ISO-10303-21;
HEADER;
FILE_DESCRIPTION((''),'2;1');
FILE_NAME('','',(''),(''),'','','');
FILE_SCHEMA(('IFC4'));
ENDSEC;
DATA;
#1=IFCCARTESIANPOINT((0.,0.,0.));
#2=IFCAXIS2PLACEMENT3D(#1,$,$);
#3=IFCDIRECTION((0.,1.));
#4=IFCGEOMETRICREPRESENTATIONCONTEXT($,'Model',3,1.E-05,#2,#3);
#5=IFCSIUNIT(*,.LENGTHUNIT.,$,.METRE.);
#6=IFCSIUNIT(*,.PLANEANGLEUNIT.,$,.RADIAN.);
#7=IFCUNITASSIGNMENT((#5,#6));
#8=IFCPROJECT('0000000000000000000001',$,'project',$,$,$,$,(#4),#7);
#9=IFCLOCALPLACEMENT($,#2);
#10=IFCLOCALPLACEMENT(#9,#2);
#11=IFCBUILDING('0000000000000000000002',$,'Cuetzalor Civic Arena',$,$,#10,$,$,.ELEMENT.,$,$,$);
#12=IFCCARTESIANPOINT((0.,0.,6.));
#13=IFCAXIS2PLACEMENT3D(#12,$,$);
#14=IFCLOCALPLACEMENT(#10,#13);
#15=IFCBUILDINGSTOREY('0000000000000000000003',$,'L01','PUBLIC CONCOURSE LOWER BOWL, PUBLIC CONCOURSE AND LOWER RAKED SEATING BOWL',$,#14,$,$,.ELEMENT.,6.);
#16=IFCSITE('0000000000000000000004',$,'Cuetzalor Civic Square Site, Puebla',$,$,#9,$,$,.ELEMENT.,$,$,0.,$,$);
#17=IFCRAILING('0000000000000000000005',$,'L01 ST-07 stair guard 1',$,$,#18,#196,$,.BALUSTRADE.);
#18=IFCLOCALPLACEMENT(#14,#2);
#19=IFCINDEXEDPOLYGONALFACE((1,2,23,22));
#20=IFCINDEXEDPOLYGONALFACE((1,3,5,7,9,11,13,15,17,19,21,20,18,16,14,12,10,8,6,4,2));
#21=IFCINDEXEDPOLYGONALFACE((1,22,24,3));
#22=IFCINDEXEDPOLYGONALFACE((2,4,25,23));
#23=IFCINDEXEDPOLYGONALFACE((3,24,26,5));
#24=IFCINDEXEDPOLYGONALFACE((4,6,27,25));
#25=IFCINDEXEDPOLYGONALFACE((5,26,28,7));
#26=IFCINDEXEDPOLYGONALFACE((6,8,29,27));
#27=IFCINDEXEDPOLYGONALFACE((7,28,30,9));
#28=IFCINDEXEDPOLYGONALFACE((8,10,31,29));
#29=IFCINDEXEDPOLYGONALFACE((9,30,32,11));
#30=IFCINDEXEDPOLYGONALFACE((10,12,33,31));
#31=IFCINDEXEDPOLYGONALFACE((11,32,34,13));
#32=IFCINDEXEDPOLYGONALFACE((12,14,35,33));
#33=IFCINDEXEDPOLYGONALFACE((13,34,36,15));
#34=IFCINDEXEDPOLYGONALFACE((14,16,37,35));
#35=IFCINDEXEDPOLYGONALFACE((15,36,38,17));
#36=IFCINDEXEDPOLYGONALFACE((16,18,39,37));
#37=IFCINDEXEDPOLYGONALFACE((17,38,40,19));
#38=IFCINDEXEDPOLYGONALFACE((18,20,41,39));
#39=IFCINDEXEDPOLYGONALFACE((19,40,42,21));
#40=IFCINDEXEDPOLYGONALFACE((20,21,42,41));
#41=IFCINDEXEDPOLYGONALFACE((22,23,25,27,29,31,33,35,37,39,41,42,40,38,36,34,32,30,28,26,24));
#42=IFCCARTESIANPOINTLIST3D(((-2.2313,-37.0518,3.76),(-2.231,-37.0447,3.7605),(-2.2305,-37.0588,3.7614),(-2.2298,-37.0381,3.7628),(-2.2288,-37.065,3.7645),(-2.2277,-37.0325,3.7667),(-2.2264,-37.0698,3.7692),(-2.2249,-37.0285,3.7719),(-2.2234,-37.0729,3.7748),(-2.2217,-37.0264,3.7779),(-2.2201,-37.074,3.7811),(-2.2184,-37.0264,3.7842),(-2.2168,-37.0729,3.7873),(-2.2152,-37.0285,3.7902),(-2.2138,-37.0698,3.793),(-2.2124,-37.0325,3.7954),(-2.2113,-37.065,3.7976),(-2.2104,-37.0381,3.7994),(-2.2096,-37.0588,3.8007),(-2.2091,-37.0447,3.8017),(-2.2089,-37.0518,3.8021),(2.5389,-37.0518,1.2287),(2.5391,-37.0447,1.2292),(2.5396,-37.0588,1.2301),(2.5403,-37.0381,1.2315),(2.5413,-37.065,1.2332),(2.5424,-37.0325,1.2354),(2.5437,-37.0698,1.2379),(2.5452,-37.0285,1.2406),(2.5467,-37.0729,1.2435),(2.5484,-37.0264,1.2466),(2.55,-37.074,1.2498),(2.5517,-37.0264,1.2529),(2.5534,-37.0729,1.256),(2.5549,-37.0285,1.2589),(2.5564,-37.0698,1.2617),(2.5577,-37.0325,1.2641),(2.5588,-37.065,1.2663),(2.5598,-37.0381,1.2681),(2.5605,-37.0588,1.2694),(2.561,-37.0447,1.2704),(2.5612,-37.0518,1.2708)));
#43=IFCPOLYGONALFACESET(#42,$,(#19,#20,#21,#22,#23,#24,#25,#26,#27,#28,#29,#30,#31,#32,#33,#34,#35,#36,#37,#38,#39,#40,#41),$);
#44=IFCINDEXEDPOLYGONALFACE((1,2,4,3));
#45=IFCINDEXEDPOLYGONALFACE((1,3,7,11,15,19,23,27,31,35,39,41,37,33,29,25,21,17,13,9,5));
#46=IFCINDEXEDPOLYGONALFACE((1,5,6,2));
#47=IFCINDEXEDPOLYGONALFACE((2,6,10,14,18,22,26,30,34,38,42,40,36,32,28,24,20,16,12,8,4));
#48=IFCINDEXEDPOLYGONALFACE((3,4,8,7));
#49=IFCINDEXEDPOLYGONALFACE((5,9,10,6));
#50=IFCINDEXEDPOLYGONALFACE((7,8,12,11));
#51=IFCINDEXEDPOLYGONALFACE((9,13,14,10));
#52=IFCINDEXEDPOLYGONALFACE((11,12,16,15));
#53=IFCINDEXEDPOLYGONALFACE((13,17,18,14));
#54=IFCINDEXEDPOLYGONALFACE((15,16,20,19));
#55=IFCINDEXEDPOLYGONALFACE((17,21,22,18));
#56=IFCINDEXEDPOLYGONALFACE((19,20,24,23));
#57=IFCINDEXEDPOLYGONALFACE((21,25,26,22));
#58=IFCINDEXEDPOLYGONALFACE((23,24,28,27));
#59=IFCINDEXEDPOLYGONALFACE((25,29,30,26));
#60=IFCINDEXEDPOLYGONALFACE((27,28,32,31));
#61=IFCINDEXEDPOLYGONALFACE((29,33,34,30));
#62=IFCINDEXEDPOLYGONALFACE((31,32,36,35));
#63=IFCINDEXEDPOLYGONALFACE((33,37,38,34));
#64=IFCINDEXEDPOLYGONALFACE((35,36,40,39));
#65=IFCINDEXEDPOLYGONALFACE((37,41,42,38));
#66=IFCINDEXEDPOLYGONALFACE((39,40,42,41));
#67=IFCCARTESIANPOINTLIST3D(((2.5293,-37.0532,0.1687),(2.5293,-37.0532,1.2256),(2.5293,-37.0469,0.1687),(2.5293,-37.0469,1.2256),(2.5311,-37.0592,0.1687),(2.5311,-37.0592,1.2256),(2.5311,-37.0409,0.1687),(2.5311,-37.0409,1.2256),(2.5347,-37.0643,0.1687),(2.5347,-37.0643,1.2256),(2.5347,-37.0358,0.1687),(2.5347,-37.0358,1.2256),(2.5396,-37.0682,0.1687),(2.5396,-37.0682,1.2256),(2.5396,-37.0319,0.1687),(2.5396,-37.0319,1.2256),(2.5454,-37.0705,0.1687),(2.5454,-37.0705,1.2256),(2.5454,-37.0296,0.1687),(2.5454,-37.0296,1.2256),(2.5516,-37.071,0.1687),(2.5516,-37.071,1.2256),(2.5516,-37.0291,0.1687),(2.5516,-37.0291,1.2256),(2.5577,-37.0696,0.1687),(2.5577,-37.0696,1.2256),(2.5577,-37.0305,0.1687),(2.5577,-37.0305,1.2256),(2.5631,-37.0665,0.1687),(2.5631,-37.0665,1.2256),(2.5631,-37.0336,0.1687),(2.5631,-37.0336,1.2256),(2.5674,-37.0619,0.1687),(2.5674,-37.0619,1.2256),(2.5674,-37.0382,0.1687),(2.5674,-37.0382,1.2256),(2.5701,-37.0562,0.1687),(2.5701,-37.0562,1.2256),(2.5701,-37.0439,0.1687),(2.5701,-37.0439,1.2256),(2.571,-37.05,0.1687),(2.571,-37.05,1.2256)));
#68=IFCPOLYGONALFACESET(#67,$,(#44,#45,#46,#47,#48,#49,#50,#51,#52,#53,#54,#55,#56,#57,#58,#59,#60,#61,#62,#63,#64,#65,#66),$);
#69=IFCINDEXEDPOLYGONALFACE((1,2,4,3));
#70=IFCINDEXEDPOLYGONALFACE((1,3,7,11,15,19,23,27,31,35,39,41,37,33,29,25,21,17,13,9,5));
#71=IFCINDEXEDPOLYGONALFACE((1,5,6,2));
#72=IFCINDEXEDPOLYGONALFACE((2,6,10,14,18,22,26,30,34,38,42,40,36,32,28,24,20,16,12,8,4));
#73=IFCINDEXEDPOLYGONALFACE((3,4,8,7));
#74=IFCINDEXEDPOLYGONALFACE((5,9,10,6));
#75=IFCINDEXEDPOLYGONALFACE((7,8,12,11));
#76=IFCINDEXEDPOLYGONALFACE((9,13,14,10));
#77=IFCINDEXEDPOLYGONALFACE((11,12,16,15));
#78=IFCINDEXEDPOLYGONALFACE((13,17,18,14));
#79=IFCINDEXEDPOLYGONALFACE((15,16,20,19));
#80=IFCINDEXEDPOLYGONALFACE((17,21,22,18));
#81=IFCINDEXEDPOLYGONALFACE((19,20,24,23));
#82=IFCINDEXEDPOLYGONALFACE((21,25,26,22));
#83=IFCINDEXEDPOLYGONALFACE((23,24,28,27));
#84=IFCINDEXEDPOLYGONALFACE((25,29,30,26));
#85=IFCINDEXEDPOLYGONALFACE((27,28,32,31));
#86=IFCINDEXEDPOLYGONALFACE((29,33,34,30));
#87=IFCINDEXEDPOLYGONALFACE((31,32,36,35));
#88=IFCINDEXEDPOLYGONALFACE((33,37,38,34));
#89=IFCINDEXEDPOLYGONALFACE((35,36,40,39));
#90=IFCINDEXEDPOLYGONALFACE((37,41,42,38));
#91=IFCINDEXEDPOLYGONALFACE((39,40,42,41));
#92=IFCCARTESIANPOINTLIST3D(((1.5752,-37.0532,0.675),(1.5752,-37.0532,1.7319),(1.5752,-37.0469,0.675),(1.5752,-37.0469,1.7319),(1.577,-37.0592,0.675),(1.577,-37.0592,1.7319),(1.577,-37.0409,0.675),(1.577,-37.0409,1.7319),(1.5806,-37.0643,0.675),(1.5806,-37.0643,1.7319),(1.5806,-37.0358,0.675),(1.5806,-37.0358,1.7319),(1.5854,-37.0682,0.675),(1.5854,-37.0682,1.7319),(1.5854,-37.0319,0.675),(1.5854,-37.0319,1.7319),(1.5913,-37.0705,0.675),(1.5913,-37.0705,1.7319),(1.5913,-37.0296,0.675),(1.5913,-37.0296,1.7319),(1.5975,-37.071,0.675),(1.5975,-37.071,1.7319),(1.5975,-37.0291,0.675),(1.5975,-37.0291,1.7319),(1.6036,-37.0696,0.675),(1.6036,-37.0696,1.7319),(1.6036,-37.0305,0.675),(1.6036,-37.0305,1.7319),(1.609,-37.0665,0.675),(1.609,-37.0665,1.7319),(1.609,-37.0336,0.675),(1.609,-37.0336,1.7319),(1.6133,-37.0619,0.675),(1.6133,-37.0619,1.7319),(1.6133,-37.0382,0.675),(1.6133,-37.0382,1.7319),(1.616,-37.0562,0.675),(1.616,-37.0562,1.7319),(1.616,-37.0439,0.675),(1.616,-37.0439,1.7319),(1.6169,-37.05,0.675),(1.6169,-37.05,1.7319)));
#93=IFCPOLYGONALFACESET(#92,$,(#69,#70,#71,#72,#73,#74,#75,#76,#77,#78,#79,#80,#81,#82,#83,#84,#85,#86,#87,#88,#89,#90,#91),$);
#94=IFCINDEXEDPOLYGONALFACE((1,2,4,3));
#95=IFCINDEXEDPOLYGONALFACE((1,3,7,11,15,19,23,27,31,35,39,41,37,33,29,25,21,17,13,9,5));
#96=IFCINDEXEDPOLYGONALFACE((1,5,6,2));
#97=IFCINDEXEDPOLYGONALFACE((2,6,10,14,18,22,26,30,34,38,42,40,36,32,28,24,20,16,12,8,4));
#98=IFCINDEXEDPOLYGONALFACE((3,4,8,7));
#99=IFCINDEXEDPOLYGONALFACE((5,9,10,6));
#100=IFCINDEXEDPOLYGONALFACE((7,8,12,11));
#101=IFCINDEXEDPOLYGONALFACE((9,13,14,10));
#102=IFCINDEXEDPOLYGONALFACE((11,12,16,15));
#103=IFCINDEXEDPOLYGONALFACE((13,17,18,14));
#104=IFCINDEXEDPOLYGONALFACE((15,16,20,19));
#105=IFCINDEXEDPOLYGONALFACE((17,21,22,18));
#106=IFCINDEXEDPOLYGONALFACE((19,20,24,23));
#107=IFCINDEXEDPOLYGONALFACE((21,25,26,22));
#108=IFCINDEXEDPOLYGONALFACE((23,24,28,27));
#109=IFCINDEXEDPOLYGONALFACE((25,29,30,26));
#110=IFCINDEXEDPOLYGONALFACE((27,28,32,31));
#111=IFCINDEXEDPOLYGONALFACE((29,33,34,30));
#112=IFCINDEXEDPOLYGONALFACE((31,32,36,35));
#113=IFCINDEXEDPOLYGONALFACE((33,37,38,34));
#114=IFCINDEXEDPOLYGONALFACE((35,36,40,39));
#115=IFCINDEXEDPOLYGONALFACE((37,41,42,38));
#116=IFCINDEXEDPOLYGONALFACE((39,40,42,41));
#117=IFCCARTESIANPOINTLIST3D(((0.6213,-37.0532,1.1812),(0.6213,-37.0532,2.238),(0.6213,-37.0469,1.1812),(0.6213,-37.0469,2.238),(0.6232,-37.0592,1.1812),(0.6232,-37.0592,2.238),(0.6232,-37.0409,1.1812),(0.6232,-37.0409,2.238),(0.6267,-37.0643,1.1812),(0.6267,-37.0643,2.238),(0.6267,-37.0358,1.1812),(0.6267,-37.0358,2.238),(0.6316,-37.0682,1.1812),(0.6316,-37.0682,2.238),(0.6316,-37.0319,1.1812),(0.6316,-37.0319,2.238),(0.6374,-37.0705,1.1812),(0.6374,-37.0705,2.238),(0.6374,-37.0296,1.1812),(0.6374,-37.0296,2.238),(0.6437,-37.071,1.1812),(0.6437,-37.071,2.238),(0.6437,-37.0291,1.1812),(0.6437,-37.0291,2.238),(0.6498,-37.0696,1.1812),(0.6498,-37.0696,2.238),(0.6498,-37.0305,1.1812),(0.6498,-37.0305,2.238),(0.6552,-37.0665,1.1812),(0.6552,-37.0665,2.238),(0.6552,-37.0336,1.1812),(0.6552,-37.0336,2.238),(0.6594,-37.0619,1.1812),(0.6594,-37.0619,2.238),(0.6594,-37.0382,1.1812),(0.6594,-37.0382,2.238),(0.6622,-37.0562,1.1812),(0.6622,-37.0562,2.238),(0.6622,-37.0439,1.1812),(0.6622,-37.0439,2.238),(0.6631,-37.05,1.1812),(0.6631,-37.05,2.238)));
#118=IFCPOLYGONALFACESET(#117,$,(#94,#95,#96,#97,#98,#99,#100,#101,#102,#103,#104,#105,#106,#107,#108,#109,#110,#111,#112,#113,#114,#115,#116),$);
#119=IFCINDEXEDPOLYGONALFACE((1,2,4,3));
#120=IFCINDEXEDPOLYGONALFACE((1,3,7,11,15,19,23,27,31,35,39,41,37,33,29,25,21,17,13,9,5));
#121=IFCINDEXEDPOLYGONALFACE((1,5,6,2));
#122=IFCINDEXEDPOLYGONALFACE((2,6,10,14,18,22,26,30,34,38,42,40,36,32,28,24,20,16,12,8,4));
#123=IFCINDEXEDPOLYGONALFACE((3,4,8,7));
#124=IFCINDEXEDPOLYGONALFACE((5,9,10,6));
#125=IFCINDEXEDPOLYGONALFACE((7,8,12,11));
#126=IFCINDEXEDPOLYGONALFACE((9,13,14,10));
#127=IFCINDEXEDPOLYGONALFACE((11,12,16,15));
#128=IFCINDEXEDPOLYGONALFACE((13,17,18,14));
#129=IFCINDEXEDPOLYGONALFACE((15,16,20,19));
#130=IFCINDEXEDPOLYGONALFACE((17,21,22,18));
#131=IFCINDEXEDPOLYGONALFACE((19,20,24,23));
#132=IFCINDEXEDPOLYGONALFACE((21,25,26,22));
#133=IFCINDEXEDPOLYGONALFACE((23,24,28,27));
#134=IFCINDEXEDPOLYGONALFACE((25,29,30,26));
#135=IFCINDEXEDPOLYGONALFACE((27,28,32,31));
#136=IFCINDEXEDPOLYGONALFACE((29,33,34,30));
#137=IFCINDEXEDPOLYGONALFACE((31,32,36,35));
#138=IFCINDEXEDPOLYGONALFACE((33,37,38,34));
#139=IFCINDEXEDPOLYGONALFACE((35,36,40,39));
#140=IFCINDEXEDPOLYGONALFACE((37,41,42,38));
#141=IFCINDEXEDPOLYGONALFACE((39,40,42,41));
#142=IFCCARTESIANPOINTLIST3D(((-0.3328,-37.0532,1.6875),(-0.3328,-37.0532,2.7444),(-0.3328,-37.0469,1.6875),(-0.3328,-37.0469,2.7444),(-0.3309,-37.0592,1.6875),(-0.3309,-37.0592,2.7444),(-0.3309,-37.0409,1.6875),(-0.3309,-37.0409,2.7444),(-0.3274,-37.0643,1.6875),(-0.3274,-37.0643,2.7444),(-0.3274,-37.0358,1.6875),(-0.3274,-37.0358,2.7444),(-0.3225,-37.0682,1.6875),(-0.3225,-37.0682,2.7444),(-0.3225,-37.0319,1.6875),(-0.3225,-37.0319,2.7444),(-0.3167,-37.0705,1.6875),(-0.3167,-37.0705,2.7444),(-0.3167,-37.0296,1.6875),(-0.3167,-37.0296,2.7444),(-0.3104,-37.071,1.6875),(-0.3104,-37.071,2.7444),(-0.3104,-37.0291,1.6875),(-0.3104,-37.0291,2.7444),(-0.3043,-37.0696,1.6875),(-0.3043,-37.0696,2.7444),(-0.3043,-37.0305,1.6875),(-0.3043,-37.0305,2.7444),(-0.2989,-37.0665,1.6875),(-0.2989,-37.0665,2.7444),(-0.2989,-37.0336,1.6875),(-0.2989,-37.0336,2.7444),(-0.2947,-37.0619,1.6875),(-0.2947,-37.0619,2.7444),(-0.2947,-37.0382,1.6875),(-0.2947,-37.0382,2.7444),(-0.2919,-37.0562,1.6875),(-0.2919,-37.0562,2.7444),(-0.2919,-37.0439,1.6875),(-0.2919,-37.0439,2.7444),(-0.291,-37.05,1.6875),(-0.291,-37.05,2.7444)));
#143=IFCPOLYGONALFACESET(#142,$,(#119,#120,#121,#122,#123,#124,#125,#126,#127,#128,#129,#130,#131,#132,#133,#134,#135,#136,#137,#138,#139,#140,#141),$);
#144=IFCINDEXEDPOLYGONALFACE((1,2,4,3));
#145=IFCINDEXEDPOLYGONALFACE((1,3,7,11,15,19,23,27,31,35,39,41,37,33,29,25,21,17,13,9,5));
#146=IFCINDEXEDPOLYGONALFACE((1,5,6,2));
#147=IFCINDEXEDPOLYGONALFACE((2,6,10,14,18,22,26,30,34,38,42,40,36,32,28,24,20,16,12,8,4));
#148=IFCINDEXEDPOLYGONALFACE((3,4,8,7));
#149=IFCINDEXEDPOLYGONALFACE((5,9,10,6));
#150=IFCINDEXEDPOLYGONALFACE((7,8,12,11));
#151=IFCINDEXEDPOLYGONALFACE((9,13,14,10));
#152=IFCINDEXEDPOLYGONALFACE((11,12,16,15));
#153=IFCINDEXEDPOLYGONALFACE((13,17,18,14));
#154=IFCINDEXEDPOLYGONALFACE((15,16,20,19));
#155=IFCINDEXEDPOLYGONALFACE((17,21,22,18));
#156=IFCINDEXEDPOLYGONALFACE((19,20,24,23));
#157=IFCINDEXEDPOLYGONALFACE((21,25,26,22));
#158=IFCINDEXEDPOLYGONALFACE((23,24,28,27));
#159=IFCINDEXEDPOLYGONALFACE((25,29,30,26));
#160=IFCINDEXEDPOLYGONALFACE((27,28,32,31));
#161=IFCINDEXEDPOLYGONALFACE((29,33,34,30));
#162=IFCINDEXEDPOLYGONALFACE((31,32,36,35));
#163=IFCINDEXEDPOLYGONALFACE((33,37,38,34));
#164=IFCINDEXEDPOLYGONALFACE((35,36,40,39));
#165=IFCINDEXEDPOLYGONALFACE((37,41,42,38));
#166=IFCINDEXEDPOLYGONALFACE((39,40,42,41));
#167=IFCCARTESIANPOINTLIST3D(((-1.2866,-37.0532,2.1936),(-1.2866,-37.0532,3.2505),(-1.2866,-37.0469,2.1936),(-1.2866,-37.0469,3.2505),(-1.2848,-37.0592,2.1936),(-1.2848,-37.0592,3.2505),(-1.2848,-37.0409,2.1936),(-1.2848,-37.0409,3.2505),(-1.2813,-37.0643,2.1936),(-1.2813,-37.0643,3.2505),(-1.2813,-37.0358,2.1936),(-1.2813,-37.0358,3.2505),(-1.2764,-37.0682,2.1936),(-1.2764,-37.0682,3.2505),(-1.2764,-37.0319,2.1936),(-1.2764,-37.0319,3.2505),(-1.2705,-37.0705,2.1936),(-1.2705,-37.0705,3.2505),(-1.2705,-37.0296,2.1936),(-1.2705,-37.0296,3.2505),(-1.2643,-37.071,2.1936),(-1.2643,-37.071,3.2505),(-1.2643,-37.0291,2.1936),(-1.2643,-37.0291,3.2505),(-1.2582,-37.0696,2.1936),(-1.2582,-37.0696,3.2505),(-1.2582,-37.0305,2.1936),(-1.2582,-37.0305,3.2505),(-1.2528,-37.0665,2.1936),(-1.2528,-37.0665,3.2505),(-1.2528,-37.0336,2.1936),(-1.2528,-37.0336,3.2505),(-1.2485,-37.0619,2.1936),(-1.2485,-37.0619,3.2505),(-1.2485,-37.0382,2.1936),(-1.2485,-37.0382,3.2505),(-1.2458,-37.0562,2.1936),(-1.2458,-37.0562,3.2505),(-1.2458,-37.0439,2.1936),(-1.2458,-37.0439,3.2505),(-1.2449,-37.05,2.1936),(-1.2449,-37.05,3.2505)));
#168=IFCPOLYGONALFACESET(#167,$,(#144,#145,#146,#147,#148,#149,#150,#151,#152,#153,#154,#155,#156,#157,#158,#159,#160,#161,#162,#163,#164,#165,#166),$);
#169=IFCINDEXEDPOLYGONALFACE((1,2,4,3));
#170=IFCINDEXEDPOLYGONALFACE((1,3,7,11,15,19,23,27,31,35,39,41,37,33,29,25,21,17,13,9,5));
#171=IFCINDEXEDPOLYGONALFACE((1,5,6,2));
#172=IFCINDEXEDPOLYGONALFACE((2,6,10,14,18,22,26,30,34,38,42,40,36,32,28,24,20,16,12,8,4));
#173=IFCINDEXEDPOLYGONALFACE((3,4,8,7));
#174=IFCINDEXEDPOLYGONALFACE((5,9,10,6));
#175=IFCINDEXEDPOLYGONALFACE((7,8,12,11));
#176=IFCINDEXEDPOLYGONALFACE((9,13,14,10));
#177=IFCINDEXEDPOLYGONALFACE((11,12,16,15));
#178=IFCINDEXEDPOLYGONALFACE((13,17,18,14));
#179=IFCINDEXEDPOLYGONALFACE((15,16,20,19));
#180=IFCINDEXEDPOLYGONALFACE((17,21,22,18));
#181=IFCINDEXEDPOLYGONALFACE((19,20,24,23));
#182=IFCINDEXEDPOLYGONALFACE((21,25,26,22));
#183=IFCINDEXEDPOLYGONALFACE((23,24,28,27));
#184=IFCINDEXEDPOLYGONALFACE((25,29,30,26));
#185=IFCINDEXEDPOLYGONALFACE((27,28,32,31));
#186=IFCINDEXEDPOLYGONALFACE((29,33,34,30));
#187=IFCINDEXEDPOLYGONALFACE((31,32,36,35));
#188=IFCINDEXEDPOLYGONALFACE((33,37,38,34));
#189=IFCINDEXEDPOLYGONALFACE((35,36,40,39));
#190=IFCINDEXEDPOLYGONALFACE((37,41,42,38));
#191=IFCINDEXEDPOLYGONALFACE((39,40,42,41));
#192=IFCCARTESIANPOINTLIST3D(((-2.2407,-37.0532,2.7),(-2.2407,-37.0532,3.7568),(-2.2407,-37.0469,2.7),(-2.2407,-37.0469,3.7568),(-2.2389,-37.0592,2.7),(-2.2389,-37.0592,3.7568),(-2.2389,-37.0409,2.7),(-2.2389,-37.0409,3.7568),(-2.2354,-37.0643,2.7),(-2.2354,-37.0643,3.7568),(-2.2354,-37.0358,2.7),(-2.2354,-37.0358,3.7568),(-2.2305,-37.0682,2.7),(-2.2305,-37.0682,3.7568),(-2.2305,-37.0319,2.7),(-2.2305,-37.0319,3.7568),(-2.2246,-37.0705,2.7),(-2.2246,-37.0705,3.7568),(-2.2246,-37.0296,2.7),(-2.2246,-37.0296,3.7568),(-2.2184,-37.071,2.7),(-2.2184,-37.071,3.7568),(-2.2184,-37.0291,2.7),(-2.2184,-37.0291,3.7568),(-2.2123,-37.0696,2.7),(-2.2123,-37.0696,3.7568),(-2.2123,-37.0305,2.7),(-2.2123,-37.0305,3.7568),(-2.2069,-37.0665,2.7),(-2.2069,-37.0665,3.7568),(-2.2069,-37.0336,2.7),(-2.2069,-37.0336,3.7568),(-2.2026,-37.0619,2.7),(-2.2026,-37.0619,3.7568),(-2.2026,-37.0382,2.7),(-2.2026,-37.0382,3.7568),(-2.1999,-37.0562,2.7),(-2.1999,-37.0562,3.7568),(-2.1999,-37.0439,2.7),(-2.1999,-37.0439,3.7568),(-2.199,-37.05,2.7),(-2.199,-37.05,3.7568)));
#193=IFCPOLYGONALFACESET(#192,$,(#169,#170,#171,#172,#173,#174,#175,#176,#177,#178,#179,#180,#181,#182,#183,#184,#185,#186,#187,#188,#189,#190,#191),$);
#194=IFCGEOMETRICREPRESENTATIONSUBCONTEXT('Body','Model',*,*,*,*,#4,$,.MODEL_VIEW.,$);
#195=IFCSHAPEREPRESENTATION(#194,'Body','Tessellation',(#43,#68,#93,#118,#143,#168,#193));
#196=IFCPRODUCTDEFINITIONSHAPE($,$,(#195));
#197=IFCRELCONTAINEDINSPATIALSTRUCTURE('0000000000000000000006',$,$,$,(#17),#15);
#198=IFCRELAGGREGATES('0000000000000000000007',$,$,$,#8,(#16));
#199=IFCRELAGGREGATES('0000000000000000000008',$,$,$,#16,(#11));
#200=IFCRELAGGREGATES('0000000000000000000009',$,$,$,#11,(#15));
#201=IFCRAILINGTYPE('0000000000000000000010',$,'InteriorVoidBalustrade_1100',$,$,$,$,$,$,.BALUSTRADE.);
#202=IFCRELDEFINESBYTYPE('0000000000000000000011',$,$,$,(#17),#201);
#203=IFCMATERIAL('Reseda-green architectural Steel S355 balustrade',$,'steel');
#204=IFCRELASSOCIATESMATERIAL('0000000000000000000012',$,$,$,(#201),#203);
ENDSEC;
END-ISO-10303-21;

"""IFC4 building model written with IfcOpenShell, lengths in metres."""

from ifc_helpers import new_model, si_unit, direction, frame, origin, origin_2d, place, context, subcontext, project, spatial, circle, extrude, material, type_object, element, save


model = new_model("IFC4")

# Units and contexts
model_context = context("Model", 3, precision=1e-05, world=origin(), true_north=direction((0.0, 1.0)))
body_context = subcontext(model_context, "Body", "Model", "MODEL_VIEW")
ifc_project = project(units=[si_unit("LENGTHUNIT", "METRE"), si_unit("PLANEANGLEUNIT", "RADIAN")], contexts=[model_context])

# Site, building, storey
site_placement = place(None, origin())
site = spatial("IfcSite", under=ifc_project, at=site_placement, Name="Cuetzalor Civic Square Site, Puebla", CompositionType="ELEMENT", RefElevation=0.0)
building_placement = place(site_placement, origin())
building = spatial("IfcBuilding", under=site, at=building_placement, Name="Cuetzalor Civic Arena", CompositionType="ELEMENT")
storey_placement = place(building_placement, frame((0.0, 0.0, 6.0)))
storey = spatial("IfcBuildingStorey", under=building, at=storey_placement, Name="L01", Description="PUBLIC CONCOURSE LOWER BOWL, PUBLIC CONCOURSE AND LOWER RAKED SEATING BOWL", CompositionType="ELEMENT", Elevation=6.0)

# Railing
ifc_material_1 = material(Name="Reseda-green architectural Steel S355 balustrade", Category="steel")
railing_type_1 = type_object("IfcRailingType", Name="InteriorVoidBalustrade_1100", PredefinedType="BALUSTRADE", material=ifc_material_1)
railing_1_placement = place(storey_placement, frame((2.55, -37.05, 0.1687)))
element("IfcRailing", 1, at=railing_1_placement, inside=storey, type_object=railing_type_1, Name="L01 ST-07 stair guard 1", PredefinedType="BALUSTRADE", context=body_context, shape_type="SweptSolid", body=[
    extrude(circle(Radius=0.0239, at=origin_2d()), frame((0.0, 0.0, 1.0811), z_axis=(-0.883332, 0.0, 0.468747), x_axis=(0.0, -1.0, 0.0)), (0.0, 0.0, 1.0), 5.4001),
    extrude(circle(Radius=0.021, at=origin_2d()), origin(), (0.0, 0.0, 1.0), 1.0569),
    extrude(circle(Radius=0.021, at=origin_2d()), frame((-0.9541, 0.0, 0.5063)), (0.0, 0.0, 1.0), 1.0569),
    extrude(circle(Radius=0.021, at=origin_2d()), frame((-1.908, 0.0, 1.0125)), (0.0, 0.0, 1.0), 1.0569),
    extrude(circle(Radius=0.021, at=origin_2d()), frame((-2.8621, 0.0, 1.5188)), (0.0, 0.0, 1.0), 1.0569),
    extrude(circle(Radius=0.021, at=origin_2d()), frame((-3.8159, 0.0, 2.0249)), (0.0, 0.0, 1.0), 1.0569),
    extrude(circle(Radius=0.021, at=origin_2d()), frame((-4.77, 0.0, 2.5312)), (0.0, 0.0, 1.0), 1.0569),
])

save(model, "model.ifc")
